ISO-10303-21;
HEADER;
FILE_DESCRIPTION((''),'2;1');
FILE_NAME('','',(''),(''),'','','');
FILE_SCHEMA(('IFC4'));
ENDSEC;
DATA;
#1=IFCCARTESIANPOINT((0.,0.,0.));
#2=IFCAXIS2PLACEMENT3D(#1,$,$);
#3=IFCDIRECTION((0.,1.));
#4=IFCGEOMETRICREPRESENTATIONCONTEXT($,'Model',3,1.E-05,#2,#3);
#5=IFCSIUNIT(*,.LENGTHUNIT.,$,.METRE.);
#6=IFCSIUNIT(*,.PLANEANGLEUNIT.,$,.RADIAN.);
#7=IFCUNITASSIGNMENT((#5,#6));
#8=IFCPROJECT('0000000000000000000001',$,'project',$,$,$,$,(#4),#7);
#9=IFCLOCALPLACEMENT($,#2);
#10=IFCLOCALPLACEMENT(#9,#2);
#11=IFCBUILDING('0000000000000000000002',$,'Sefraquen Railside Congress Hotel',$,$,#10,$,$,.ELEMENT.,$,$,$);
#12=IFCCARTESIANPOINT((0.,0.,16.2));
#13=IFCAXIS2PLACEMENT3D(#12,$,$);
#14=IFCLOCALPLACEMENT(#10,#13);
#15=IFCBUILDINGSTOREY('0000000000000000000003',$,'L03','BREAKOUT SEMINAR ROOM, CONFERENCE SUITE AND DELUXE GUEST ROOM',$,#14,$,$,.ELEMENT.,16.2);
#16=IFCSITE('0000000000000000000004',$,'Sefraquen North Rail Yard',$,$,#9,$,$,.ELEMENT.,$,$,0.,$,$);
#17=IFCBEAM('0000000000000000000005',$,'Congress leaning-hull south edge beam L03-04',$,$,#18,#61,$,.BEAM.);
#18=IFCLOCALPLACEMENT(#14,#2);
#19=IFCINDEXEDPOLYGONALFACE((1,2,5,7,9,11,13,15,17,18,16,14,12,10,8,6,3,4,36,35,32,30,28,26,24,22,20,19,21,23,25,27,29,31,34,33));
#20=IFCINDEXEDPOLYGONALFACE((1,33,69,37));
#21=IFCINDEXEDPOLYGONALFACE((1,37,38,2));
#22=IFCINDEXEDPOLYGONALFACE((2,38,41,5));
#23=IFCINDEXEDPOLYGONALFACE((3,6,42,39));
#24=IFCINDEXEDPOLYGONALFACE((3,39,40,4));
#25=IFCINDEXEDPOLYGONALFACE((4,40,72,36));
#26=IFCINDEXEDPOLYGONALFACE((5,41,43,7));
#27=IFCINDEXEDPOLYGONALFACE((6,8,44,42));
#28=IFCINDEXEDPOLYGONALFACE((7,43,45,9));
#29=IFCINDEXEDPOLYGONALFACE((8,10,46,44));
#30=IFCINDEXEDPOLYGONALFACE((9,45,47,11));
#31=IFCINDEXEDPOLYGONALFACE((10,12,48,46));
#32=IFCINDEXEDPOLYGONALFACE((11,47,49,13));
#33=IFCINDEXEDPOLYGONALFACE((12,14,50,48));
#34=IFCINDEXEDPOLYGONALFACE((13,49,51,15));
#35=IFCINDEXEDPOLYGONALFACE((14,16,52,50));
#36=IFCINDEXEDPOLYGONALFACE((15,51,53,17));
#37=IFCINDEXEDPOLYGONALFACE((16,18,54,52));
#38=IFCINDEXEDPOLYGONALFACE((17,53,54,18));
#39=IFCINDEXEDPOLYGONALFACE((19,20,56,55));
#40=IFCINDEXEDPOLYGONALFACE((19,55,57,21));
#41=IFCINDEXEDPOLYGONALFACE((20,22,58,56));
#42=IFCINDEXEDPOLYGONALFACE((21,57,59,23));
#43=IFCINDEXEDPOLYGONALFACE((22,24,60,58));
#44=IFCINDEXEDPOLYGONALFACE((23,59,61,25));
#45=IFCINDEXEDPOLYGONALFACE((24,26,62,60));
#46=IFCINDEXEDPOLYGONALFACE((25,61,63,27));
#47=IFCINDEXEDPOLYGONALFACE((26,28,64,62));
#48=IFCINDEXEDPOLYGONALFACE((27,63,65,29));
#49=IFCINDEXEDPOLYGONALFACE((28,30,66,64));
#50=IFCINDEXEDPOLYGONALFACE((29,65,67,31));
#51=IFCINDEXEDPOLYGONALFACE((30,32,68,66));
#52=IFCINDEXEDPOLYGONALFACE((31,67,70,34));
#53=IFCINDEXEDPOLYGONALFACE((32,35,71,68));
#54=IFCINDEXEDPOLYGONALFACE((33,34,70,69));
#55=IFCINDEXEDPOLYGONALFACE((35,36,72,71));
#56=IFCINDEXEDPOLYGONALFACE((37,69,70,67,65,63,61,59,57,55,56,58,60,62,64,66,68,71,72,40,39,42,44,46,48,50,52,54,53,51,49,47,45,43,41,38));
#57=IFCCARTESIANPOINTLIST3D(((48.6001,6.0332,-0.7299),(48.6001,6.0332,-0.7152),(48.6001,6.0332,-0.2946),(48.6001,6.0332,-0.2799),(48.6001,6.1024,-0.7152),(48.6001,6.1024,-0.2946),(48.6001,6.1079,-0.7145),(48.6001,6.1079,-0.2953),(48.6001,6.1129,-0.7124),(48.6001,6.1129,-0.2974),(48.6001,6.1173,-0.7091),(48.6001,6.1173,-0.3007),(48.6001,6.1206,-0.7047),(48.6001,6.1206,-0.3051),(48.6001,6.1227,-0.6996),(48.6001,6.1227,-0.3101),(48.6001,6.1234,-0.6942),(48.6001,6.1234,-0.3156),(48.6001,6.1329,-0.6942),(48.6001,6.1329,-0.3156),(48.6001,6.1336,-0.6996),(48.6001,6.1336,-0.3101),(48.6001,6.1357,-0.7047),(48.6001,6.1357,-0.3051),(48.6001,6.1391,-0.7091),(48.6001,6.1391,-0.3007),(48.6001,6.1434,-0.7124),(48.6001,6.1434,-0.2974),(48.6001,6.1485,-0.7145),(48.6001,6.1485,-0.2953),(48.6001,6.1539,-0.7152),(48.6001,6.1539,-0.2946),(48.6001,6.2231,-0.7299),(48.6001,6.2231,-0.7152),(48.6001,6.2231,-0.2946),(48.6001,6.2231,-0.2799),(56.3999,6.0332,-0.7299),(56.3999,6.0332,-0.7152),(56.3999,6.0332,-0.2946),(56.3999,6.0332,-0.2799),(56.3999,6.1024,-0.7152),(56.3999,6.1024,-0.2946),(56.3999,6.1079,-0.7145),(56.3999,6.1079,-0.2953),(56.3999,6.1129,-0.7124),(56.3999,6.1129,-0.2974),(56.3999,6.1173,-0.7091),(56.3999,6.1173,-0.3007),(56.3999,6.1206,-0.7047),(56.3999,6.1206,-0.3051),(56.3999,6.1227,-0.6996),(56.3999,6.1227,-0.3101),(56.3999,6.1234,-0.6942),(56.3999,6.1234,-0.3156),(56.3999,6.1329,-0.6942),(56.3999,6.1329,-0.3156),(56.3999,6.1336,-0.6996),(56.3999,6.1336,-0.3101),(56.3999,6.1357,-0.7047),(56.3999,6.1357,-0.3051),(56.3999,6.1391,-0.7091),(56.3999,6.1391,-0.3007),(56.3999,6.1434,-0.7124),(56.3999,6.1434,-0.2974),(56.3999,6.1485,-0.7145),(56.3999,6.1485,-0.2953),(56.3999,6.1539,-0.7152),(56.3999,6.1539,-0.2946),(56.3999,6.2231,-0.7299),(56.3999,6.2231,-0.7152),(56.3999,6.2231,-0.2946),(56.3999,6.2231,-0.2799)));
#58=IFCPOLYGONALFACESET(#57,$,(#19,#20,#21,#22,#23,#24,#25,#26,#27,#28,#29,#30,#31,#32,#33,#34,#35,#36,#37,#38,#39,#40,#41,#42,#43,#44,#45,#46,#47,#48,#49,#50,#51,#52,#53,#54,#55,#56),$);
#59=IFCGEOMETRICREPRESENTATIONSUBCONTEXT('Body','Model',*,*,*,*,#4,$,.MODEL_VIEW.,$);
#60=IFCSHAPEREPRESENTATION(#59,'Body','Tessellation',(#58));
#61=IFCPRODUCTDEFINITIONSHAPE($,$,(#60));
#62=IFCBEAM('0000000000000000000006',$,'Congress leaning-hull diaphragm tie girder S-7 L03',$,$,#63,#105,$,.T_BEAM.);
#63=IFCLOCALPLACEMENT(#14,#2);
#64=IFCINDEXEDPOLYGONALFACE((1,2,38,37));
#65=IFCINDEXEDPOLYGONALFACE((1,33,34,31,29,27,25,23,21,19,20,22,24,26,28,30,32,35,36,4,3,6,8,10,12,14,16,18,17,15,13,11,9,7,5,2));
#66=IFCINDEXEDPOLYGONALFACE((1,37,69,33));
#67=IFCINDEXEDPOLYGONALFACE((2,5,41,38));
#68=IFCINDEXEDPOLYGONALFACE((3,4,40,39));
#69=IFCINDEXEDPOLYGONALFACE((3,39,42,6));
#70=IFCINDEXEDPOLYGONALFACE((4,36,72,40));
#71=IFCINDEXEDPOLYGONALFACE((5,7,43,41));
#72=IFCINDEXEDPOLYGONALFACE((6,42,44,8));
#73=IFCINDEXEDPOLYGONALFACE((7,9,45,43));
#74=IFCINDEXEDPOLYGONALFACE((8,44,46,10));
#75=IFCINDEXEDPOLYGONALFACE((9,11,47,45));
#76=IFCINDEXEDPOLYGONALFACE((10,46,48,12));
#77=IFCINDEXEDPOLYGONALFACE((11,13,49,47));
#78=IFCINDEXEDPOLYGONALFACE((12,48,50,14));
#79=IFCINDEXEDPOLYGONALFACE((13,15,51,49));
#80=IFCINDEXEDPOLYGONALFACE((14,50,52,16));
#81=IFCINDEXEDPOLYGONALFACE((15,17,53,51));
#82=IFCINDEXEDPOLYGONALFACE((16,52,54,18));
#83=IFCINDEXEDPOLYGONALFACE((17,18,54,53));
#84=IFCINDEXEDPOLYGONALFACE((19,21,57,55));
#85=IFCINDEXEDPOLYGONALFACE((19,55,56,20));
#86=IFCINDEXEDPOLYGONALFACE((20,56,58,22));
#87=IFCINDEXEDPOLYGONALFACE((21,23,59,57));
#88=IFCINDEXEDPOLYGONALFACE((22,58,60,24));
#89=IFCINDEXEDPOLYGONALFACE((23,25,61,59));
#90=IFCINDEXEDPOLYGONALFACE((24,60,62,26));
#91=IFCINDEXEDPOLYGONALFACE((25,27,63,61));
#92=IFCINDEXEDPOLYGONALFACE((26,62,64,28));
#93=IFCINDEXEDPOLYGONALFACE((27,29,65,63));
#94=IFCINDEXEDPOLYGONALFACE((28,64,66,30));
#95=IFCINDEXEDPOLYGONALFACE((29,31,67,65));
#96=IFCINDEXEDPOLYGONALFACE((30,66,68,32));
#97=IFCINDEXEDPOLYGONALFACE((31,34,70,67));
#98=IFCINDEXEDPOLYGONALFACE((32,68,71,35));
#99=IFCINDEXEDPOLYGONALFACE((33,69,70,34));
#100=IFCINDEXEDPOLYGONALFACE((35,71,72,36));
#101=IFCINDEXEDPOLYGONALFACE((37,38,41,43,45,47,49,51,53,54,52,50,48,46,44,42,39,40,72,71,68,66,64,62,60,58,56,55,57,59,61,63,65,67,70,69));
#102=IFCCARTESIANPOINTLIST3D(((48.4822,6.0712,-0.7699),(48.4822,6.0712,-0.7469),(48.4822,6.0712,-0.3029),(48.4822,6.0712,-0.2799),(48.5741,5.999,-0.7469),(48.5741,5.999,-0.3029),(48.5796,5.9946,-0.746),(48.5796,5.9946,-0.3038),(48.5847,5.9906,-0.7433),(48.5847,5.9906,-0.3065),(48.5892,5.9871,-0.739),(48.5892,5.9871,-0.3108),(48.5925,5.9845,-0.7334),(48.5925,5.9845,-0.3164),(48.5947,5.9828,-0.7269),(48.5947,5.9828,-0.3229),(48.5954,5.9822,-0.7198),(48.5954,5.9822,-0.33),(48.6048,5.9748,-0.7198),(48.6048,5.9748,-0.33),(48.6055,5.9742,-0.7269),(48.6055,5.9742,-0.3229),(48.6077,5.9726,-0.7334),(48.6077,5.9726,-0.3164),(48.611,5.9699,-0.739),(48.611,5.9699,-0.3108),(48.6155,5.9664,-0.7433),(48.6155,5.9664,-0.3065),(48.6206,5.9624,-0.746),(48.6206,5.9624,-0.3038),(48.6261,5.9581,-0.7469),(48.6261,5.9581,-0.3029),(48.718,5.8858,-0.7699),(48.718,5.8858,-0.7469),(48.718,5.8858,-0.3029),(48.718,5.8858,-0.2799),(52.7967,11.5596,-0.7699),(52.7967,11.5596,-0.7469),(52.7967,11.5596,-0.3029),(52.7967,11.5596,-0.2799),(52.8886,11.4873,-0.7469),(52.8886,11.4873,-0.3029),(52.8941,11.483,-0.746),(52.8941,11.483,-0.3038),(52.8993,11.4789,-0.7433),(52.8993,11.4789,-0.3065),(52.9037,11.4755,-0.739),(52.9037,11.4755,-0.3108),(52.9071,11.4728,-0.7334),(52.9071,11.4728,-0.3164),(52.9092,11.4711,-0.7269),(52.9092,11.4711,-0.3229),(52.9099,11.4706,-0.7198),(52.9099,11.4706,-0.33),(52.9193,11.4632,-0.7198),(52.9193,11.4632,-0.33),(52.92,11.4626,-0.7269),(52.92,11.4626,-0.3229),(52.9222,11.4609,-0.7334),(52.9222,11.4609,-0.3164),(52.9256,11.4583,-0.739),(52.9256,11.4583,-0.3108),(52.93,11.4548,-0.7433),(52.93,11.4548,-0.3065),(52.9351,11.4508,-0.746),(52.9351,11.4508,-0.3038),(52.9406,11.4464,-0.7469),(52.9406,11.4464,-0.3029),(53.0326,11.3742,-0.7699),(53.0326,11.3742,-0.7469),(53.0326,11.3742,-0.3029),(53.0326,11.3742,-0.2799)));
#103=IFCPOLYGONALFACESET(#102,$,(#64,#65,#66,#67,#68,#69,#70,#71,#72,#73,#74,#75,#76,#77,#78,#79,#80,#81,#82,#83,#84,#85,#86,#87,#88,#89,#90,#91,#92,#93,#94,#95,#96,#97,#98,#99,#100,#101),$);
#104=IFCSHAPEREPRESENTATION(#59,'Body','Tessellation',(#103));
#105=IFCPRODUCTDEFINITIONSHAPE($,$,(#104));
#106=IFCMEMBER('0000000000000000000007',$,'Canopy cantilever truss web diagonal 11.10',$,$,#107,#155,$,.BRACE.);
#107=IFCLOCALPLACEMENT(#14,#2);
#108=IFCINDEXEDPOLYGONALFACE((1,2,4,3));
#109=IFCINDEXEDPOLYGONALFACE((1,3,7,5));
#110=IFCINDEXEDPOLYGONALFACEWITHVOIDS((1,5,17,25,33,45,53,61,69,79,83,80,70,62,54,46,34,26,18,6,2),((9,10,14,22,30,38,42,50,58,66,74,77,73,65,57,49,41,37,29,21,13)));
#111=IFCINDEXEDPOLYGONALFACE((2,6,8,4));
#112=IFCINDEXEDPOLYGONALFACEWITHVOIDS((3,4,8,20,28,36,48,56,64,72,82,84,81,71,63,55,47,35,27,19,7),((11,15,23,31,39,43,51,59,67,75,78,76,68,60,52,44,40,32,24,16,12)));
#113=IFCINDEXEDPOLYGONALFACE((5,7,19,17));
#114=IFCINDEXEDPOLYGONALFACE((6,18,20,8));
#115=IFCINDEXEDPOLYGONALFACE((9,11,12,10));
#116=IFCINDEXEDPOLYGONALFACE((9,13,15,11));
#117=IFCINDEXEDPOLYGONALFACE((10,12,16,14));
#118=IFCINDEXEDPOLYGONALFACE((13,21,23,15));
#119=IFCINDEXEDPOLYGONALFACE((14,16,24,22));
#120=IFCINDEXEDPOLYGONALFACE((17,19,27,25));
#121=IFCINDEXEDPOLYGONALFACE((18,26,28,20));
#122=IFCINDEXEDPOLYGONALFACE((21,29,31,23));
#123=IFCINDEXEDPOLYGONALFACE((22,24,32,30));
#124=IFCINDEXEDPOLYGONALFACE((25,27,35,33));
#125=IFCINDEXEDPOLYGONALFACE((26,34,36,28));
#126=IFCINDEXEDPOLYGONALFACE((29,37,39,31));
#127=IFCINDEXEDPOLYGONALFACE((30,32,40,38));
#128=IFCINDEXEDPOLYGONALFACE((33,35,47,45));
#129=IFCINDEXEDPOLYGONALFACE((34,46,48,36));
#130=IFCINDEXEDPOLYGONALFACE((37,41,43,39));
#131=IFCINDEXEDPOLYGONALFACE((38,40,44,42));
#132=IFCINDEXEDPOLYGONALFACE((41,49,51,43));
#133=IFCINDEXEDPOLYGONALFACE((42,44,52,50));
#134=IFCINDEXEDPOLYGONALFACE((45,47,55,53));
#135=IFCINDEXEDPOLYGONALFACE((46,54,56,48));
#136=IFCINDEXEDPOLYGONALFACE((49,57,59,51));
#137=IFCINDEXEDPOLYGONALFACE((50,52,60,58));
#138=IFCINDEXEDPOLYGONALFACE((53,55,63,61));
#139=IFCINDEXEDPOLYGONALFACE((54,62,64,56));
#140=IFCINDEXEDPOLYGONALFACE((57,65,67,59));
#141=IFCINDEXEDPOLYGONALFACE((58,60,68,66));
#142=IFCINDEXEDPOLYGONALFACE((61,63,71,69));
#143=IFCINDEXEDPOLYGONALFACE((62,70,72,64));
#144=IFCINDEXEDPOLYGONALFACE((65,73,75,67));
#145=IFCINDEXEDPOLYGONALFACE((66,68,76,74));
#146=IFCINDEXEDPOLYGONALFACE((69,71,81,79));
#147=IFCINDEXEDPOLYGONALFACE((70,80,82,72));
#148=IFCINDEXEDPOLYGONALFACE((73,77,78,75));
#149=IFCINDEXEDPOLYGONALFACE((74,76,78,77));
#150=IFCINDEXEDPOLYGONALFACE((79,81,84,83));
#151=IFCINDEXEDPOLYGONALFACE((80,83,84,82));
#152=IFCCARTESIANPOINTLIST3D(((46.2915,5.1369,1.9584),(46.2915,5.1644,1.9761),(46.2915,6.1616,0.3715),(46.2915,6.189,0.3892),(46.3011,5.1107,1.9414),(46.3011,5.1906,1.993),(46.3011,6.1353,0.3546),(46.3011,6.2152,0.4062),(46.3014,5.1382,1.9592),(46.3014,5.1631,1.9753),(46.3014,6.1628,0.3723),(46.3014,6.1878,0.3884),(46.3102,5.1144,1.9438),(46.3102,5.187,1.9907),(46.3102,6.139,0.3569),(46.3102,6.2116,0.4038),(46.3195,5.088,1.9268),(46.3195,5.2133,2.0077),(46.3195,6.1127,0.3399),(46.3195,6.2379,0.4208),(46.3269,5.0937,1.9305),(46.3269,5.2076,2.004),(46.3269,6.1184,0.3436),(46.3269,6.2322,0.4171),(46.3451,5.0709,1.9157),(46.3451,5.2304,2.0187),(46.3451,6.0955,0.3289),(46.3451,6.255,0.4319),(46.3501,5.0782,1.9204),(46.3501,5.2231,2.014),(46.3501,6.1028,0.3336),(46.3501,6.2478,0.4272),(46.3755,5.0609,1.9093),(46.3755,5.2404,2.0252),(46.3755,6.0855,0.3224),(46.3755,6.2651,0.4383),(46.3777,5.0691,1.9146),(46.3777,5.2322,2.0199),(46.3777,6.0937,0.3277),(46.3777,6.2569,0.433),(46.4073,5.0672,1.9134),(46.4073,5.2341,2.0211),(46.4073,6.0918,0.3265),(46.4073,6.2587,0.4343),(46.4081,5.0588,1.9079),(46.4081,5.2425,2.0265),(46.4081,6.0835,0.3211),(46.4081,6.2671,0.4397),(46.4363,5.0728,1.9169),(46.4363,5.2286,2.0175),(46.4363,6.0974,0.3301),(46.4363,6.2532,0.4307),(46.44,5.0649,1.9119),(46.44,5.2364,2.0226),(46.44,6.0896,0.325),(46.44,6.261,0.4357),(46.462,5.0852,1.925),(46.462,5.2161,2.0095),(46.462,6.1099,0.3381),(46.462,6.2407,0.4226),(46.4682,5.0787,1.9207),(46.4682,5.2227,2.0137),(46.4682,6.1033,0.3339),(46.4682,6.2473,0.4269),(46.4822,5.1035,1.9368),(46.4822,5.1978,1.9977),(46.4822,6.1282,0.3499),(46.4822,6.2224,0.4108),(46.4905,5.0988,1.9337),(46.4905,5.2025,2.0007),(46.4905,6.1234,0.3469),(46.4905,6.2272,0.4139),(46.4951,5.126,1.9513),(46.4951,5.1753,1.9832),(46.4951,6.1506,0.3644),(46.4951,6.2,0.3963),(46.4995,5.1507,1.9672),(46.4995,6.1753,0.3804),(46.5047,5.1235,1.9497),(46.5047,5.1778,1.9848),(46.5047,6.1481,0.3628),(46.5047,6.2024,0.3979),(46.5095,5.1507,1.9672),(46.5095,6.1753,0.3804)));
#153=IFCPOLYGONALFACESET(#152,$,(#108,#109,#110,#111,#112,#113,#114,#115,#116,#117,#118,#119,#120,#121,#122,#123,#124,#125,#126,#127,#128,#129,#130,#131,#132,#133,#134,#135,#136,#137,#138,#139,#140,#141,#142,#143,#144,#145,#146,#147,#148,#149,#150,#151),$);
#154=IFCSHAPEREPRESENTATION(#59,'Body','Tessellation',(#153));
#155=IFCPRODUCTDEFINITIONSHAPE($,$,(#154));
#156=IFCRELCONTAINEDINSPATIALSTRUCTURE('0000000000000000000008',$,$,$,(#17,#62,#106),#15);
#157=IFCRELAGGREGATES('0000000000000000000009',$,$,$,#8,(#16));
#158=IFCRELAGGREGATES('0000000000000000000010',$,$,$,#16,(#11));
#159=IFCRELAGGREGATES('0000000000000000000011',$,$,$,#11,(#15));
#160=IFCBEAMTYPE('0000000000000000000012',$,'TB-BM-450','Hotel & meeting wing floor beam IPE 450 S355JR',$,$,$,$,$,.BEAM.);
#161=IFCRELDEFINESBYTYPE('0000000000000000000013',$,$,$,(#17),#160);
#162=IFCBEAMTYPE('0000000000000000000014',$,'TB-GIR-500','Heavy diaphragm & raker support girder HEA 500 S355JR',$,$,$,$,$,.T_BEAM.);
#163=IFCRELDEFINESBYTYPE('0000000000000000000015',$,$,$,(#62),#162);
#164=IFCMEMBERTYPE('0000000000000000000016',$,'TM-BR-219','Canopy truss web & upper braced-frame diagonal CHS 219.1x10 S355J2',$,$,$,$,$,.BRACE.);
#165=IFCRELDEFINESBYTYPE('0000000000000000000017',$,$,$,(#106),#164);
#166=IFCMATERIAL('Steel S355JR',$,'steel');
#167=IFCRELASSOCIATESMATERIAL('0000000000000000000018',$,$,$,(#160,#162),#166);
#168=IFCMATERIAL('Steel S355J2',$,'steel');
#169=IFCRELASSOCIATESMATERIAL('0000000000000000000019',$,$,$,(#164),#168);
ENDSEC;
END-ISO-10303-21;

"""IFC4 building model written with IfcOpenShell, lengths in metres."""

from ifc_helpers import new_model, si_unit, direction, frame, origin, origin_2d, place, context, subcontext, project, spatial, hollow_circle, i_section, extrude, material, material_profile, profile_set, type_object, element, save


model = new_model("IFC4")

# Units and contexts
model_context = context("Model", 3, precision=1e-05, world=origin(), true_north=direction((0.0, 1.0)))
body_context = subcontext(model_context, "Body", "Model", "MODEL_VIEW")
ifc_project = project(units=[si_unit("LENGTHUNIT", "METRE"), si_unit("PLANEANGLEUNIT", "RADIAN")], contexts=[model_context])

# Site, building, storey
site_placement = place(None, origin())
site = spatial("IfcSite", under=ifc_project, at=site_placement, Name="Sefraquen North Rail Yard", CompositionType="ELEMENT", RefElevation=0.0)
building_placement = place(site_placement, origin())
building = spatial("IfcBuilding", under=site, at=building_placement, Name="Sefraquen Railside Congress Hotel", CompositionType="ELEMENT")
storey_placement = place(building_placement, frame((0.0, 0.0, 16.2)))
storey = spatial("IfcBuildingStorey", under=building, at=storey_placement, Name="L03", Description="BREAKOUT SEMINAR ROOM, CONFERENCE SUITE AND DELUXE GUEST ROOM", CompositionType="ELEMENT", Elevation=16.2)

# Beams
ifc_material_1 = material(Name="Steel S355JR", Category="steel")
ifc_material_profile_1 = material_profile(ifc_material_1, i_section(OverallWidth=0.1899, OverallDepth=0.45, WebThickness=0.0095, FlangeThickness=0.0146, FilletRadius=0.021, at=origin_2d()), Name="IPE 450")
ifc_profile_set_1 = profile_set([ifc_material_profile_1], Name="Steel S355JR")
beam_type_1 = type_object("IfcBeamType", Name="TB-BM-450", Description="Hotel & meeting wing floor beam IPE 450 S355JR", PredefinedType="BEAM", material=ifc_profile_set_1)
beam_1_placement = place(storey_placement, frame((48.6001, 6.1282, -0.5049), z_axis=(1.0, 0.0, 0.0), x_axis=(0.0, 1.0, 0.0)))
element("IfcBeam", 1, at=beam_1_placement, inside=storey, type_object=beam_type_1, Name="Congress leaning-hull south edge beam L03-04", PredefinedType="BEAM", context=body_context, shape_type="SweptSolid", body=[
    extrude(i_section(OverallWidth=0.1899, OverallDepth=0.45, WebThickness=0.0095, FlangeThickness=0.0146, FilletRadius=0.021, at=origin_2d()), origin(), (0.0, 0.0, 1.0), 7.7998),
])
ifc_material_profile_2 = material_profile(ifc_material_1, i_section(OverallWidth=0.3, OverallDepth=0.49, WebThickness=0.012, FlangeThickness=0.0229, FilletRadius=0.0271, at=origin_2d()), Name="HEA 500")
ifc_profile_set_2 = profile_set([ifc_material_profile_2], Name="Steel S355JR")
beam_type_2 = type_object("IfcBeamType", Name="TB-GIR-500", Description="Heavy diaphragm & raker support girder HEA 500 S355JR", PredefinedType="T_BEAM", material=ifc_profile_set_2)
beam_2_placement = place(storey_placement, frame((48.6001, 5.9785, -0.5249), z_axis=(0.618019, 0.786163, 0.0), x_axis=(-0.786163, 0.618019, 0.0)))
element("IfcBeam", 2, at=beam_2_placement, inside=storey, type_object=beam_type_2, Name="Congress leaning-hull diaphragm tie girder S-7 L03", PredefinedType="T_BEAM", context=body_context, shape_type="SweptSolid", body=[
    extrude(i_section(OverallWidth=0.3, OverallDepth=0.49, WebThickness=0.012, FlangeThickness=0.0229, FilletRadius=0.0271, at=origin_2d()), origin(), (0.0, 0.0, 1.0), 6.9812),
])

# Member
ifc_material_2 = material(Name="Steel S355J2", Category="steel")
ifc_material_profile_3 = material_profile(ifc_material_2, hollow_circle(Radius=0.1096, WallThickness=0.01, at=origin_2d()), Name="CHS 219.1x10")
ifc_profile_set_3 = profile_set([ifc_material_profile_3], Name="Steel S355J2")
member_type_1 = type_object("IfcMemberType", Name="TM-BR-219", Description="Canopy truss web & upper braced-frame diagonal CHS 219.1x10 S355J2", PredefinedType="BRACE", material=ifc_profile_set_3)
member_1_placement = place(storey_placement, frame((46.3999, 6.1753, 0.3804), z_axis=(0.0, -0.542442, 0.840093), x_axis=(1.0, 0.0, 0.0)))
element("IfcMember", 3, at=member_1_placement, inside=storey, type_object=member_type_1, Name="Canopy cantilever truss web diagonal 11.10", PredefinedType="BRACE", context=body_context, shape_type="SweptSolid", body=[
    extrude(hollow_circle(Radius=0.1096, WallThickness=0.01, at=origin_2d()), origin(), (0.0, 0.0, 1.0), 1.8889),
])

save(model, "model.ifc")
